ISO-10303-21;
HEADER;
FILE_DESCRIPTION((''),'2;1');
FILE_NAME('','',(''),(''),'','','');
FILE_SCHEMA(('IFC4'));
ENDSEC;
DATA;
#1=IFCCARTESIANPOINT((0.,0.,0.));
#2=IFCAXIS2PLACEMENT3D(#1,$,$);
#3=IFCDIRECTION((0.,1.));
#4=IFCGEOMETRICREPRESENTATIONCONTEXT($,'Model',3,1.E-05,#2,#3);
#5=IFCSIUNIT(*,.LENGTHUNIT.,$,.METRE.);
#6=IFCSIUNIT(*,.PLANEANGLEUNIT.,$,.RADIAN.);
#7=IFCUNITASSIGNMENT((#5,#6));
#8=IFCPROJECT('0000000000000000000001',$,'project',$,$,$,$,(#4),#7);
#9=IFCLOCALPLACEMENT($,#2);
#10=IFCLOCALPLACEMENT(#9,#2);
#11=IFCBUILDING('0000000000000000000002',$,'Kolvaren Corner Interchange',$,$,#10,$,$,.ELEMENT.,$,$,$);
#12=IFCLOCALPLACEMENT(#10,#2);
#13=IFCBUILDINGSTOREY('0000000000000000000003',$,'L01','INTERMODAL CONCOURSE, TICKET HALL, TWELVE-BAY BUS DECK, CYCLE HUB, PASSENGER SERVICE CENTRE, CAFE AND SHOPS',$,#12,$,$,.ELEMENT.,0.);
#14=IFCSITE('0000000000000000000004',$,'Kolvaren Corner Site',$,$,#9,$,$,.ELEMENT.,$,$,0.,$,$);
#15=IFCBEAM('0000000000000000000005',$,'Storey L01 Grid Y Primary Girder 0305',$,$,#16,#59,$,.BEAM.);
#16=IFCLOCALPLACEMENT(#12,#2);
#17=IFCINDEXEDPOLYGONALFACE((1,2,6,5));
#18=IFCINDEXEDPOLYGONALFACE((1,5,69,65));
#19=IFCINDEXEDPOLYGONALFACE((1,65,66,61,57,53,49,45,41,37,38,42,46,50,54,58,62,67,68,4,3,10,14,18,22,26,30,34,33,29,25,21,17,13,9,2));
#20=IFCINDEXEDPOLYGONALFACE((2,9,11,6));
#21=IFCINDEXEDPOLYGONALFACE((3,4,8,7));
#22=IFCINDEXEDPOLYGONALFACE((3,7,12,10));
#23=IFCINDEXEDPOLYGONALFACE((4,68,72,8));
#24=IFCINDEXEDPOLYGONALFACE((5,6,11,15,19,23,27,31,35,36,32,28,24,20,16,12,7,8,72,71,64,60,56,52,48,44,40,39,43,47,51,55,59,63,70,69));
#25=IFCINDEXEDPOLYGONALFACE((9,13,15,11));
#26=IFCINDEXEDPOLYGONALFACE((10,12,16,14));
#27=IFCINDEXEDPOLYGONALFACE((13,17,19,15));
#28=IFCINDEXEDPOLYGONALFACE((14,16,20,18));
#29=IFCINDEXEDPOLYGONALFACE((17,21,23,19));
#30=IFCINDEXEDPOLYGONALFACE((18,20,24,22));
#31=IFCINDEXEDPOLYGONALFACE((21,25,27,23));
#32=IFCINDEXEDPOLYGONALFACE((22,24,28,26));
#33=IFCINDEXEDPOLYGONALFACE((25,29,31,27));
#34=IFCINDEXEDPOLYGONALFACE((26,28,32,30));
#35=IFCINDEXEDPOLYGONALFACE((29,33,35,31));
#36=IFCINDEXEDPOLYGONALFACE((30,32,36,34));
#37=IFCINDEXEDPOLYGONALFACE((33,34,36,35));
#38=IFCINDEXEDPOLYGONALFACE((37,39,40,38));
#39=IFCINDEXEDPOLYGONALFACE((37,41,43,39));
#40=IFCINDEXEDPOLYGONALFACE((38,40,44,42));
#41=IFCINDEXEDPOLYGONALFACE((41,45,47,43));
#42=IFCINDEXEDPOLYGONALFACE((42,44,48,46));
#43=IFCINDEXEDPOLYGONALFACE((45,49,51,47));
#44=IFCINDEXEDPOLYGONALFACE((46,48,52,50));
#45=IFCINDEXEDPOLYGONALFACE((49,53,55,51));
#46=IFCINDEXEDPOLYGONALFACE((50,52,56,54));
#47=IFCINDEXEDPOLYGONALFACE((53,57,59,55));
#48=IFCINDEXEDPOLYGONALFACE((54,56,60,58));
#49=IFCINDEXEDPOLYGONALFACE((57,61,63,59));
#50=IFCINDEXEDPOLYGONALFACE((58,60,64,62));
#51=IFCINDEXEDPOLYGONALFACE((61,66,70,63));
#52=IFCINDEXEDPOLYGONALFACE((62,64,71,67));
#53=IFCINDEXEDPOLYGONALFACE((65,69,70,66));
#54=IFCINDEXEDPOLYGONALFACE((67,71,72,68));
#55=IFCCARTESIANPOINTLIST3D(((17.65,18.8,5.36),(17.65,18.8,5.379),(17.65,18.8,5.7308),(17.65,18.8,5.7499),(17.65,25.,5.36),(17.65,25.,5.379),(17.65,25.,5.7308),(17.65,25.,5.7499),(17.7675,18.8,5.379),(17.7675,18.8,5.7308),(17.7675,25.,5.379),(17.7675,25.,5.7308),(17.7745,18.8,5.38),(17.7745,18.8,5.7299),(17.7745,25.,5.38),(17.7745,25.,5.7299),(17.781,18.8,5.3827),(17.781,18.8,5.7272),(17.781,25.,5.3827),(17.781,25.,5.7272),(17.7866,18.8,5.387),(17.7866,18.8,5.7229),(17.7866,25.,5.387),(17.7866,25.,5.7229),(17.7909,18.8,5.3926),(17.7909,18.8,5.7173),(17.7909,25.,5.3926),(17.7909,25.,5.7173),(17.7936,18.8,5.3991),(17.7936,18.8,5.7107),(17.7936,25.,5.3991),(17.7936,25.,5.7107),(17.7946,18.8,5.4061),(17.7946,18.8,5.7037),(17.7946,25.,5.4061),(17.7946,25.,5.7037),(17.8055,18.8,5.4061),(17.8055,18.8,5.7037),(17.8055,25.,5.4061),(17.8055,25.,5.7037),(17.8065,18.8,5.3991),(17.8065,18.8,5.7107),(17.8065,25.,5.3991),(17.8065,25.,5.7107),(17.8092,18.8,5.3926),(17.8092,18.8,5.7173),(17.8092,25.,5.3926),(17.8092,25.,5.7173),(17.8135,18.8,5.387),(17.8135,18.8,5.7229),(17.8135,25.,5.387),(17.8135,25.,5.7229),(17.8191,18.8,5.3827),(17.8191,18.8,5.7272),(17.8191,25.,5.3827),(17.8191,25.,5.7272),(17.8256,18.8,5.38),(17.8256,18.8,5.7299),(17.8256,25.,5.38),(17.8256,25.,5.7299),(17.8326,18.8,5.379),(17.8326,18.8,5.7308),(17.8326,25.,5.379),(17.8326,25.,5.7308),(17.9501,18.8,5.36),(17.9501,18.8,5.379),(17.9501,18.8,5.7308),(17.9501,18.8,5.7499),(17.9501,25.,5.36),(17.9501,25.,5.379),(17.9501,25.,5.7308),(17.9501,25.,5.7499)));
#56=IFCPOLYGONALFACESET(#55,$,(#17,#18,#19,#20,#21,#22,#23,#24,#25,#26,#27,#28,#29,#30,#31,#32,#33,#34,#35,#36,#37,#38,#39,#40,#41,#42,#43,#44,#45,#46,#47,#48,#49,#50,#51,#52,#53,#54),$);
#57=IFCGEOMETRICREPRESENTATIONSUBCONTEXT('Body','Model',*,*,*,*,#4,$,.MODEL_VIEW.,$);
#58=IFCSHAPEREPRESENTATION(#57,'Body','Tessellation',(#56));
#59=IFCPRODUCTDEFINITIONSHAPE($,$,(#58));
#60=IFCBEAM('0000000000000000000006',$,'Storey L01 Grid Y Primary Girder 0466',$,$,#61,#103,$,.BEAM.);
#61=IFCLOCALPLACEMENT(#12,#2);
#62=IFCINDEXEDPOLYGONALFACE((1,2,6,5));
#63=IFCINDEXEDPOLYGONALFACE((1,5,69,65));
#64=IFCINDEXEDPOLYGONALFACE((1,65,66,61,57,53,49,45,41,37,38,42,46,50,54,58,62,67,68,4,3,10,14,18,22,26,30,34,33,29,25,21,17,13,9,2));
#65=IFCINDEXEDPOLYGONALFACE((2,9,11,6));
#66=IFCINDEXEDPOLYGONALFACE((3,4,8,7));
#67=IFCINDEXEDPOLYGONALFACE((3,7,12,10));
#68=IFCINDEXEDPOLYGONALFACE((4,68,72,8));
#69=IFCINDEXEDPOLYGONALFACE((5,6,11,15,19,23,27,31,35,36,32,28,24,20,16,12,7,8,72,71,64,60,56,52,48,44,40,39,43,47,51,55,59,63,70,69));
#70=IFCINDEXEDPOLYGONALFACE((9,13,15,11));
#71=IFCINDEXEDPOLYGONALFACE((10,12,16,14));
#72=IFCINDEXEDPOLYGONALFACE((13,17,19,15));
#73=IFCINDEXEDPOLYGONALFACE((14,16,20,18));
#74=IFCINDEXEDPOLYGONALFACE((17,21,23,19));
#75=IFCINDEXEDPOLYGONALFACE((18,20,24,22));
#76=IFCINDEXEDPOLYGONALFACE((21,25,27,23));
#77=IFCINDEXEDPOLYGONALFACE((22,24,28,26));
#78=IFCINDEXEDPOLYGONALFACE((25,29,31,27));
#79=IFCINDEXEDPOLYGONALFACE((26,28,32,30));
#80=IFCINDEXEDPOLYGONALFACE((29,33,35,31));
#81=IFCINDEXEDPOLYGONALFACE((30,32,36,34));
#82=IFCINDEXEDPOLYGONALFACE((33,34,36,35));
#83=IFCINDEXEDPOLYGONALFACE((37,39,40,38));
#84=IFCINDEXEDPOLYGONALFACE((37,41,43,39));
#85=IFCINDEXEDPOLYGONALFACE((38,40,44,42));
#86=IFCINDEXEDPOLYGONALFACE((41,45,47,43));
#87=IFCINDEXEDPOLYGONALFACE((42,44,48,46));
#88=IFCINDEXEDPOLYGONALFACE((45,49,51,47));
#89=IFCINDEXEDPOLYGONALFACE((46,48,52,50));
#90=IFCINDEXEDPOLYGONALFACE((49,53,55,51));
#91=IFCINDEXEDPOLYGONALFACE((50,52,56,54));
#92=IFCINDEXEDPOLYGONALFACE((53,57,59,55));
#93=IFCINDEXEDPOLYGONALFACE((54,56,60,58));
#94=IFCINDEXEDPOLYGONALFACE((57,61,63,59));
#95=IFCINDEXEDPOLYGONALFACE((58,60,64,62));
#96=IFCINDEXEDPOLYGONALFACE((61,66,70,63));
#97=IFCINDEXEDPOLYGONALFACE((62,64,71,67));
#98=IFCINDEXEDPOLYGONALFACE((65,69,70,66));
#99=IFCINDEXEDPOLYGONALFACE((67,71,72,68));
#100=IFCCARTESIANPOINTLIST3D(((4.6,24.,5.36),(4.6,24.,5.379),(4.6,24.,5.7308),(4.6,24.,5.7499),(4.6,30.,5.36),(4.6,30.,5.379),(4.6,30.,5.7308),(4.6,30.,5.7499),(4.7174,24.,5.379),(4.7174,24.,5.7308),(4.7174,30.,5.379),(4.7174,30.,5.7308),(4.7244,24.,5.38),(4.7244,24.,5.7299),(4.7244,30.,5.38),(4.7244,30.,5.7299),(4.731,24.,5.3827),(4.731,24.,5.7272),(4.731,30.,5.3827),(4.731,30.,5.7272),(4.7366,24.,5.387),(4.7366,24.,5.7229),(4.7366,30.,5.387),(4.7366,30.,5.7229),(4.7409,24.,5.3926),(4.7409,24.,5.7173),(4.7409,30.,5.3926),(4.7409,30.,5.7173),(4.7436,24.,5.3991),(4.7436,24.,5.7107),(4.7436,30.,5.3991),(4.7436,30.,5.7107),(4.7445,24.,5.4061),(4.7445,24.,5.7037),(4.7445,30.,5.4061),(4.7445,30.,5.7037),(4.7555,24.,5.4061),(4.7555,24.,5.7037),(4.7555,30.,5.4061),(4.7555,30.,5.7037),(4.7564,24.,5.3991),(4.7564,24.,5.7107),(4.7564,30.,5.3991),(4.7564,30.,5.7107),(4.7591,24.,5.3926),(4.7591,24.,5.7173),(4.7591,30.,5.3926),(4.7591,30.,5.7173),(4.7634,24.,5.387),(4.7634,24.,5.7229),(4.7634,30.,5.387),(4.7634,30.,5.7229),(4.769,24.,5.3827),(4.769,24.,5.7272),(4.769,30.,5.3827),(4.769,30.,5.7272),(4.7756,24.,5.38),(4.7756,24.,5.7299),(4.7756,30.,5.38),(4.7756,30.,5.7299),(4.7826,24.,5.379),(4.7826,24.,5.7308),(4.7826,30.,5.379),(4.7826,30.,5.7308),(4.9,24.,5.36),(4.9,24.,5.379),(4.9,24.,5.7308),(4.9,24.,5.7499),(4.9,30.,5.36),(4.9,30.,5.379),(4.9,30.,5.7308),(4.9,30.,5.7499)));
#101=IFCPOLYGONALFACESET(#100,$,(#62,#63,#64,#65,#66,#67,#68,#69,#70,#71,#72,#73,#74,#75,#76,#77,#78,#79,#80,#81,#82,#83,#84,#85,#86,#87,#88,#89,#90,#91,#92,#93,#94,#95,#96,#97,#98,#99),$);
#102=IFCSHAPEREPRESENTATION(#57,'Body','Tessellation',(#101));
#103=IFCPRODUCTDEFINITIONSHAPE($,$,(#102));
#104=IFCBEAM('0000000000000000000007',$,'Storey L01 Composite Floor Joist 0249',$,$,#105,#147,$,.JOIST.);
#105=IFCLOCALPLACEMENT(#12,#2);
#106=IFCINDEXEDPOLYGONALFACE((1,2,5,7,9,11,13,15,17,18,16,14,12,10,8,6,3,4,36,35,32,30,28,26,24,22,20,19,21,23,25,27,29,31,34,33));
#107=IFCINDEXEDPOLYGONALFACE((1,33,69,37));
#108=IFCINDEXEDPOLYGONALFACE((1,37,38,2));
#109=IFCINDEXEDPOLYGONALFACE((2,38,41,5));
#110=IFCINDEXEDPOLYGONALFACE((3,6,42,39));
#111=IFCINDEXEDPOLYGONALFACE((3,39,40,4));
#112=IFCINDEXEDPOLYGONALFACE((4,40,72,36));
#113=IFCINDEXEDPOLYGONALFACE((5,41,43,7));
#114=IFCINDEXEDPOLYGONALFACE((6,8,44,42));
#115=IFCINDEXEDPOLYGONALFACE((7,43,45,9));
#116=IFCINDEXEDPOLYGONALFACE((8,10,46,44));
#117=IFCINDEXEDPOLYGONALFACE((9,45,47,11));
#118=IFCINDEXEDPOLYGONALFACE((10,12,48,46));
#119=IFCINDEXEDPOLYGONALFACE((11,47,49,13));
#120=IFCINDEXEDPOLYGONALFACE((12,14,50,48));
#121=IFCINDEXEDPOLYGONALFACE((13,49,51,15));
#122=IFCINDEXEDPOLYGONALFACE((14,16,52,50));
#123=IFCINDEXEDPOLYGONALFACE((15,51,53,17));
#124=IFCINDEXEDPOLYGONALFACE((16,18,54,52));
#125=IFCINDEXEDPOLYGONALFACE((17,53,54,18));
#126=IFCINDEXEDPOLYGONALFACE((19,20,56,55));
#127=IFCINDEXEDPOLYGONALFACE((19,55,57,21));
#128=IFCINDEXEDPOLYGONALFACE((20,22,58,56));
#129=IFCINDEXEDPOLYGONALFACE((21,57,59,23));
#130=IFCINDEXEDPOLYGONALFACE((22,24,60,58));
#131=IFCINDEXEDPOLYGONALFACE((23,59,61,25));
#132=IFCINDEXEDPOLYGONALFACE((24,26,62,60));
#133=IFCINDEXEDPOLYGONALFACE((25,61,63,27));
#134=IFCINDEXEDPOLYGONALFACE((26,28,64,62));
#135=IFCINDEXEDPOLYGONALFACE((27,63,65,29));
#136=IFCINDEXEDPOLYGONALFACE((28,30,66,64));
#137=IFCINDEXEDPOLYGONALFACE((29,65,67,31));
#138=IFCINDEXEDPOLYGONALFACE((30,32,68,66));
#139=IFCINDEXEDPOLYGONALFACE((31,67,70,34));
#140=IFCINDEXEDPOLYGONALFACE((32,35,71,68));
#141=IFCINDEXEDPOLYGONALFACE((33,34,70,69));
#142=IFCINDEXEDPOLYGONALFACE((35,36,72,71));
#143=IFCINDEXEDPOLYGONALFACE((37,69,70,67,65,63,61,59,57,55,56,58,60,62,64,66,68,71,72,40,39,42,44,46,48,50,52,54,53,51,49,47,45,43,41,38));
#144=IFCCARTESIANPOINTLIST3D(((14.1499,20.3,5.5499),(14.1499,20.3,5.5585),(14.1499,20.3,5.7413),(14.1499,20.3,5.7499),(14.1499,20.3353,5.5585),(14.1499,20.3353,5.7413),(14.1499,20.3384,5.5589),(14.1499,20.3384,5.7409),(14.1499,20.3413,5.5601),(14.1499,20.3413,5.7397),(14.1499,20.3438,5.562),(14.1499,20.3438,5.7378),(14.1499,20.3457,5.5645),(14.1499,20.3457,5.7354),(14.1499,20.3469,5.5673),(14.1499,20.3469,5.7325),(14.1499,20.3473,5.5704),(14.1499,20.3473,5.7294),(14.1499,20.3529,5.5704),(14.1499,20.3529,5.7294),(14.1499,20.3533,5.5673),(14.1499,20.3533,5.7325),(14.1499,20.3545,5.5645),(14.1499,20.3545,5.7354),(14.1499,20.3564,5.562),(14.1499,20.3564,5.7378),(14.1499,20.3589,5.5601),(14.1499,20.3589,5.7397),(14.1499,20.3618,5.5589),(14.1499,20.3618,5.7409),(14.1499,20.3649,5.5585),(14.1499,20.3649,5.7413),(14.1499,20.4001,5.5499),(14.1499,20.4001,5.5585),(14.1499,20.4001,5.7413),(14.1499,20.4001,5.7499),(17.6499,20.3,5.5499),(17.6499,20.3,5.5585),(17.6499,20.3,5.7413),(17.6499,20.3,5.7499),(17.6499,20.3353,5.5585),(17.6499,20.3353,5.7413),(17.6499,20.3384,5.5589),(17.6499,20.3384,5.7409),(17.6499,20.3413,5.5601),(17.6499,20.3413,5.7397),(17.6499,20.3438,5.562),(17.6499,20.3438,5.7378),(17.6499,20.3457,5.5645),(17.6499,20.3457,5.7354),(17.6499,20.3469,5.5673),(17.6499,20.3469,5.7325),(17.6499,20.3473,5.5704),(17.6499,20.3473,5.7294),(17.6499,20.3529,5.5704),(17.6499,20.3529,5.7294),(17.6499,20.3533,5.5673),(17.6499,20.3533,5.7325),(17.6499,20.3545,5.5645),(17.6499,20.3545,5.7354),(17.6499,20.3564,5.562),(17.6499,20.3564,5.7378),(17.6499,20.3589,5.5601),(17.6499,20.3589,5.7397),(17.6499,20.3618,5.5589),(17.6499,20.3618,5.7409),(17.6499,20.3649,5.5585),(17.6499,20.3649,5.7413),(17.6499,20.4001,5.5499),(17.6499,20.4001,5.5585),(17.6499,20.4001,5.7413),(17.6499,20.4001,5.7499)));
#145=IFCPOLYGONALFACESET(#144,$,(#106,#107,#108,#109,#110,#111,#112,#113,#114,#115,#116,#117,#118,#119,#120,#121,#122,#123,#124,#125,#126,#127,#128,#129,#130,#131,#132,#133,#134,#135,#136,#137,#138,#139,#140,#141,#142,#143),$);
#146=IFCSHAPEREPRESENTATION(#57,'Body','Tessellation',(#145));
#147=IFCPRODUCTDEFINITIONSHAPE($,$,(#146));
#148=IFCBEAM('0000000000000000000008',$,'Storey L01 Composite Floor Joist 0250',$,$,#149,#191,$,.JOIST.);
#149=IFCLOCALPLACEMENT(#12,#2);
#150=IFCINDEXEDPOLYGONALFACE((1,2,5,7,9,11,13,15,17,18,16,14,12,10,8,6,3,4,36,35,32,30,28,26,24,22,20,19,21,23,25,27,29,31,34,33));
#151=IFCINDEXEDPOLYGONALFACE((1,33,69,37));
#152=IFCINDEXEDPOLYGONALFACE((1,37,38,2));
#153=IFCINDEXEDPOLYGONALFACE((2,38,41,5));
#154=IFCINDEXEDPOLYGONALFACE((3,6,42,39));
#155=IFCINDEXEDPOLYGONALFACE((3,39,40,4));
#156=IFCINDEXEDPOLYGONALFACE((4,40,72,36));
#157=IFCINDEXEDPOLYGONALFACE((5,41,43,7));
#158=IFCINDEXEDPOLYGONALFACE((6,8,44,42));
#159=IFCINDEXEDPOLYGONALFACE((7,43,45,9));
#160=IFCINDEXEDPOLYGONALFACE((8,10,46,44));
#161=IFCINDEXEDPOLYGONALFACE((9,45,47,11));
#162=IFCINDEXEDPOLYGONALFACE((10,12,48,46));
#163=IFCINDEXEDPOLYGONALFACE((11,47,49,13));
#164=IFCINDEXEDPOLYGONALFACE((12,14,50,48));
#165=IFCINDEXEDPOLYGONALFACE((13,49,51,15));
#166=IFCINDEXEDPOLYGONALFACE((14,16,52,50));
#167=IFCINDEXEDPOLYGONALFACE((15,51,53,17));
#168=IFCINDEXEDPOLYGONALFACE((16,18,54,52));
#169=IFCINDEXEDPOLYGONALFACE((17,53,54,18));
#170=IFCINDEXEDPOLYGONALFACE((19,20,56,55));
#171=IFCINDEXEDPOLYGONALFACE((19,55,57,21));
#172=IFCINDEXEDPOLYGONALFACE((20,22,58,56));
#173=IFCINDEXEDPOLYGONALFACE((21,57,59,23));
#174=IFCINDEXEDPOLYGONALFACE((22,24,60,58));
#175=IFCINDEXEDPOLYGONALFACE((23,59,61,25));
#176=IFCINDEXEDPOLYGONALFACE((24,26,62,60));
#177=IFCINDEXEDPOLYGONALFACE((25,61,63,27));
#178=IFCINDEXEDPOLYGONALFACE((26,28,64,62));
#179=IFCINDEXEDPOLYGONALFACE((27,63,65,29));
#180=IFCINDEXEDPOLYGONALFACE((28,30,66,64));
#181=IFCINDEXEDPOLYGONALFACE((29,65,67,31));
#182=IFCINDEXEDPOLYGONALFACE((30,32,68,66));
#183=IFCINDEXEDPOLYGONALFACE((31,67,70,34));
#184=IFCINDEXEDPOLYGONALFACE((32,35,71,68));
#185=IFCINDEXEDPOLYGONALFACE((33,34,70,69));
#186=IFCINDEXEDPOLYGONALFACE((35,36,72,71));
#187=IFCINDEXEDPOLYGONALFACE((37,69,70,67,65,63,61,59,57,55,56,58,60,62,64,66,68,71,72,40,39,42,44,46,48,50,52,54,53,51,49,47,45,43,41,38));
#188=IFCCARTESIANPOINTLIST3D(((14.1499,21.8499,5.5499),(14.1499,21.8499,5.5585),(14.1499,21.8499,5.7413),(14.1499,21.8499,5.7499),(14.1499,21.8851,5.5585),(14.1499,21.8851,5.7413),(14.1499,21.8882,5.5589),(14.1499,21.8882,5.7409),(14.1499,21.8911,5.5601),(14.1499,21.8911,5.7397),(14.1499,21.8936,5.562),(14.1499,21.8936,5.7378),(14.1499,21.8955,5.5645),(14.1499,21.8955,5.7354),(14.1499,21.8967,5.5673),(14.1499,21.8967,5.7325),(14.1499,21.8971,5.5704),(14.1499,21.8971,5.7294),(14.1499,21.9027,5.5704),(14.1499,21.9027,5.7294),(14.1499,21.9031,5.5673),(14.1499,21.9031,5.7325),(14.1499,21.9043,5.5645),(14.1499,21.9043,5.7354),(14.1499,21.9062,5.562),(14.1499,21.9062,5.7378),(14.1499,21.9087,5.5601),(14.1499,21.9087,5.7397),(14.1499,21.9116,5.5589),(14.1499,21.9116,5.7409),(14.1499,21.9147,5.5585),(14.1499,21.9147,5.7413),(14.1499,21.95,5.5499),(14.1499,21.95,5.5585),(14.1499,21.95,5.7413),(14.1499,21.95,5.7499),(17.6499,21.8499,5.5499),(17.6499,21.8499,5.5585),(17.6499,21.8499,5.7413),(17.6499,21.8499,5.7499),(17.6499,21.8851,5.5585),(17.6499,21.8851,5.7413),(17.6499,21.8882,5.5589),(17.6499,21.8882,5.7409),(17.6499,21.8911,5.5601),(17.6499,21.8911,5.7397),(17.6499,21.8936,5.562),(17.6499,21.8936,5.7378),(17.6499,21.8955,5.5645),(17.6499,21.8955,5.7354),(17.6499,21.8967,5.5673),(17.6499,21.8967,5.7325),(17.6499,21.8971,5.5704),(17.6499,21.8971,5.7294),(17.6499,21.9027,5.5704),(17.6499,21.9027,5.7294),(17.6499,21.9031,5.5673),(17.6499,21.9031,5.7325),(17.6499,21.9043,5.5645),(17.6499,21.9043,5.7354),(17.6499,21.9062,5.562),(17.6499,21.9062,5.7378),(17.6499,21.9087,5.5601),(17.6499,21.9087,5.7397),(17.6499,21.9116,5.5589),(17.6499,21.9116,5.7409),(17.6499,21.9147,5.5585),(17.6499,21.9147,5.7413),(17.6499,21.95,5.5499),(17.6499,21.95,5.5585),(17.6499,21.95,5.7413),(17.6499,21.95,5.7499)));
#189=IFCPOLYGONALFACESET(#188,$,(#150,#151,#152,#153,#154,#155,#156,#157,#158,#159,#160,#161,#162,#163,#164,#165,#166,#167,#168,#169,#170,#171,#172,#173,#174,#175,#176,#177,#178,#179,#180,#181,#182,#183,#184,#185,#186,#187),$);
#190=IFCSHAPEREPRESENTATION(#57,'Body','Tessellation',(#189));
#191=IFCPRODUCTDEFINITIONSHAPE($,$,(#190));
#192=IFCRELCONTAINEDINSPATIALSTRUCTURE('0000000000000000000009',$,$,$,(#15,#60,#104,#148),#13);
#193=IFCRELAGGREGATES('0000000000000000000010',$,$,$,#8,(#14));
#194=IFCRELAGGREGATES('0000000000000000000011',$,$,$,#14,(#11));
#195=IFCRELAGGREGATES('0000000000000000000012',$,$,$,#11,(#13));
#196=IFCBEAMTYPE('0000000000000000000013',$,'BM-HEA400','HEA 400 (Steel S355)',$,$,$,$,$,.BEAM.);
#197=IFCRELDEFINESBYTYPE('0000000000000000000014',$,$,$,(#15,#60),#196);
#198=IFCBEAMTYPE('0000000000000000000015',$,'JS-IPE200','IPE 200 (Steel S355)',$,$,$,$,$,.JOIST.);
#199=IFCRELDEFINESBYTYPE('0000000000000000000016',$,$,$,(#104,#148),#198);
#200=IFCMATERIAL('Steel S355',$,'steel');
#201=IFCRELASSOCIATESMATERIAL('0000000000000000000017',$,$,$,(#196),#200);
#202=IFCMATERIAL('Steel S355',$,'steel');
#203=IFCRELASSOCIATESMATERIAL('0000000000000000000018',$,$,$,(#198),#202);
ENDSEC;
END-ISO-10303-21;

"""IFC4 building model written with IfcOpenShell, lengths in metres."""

from ifc_helpers import new_model, si_unit, direction, frame, origin, origin_2d, place, context, subcontext, project, spatial, i_section, extrude, material, material_profile, profile_set, type_object, element, save


model = new_model("IFC4")

# Units and contexts
model_context = context("Model", 3, precision=1e-05, world=origin(), true_north=direction((0.0, 1.0)))
body_context = subcontext(model_context, "Body", "Model", "MODEL_VIEW")
ifc_project = project(units=[si_unit("LENGTHUNIT", "METRE"), si_unit("PLANEANGLEUNIT", "RADIAN")], contexts=[model_context])

# Site, building, storey
site_placement = place(None, origin())
site = spatial("IfcSite", under=ifc_project, at=site_placement, Name="Kolvaren Corner Site", CompositionType="ELEMENT", RefElevation=0.0)
building_placement = place(site_placement, origin())
building = spatial("IfcBuilding", under=site, at=building_placement, Name="Kolvaren Corner Interchange", CompositionType="ELEMENT")
storey_placement = place(building_placement, origin())
storey = spatial("IfcBuildingStorey", under=building, at=storey_placement, Name="L01", Description="INTERMODAL CONCOURSE, TICKET HALL, TWELVE-BAY BUS DECK, CYCLE HUB, PASSENGER SERVICE CENTRE, CAFE AND SHOPS", CompositionType="ELEMENT", Elevation=0.0)

# Beams
ifc_material_1 = material(Name="Steel S355", Category="steel")
ifc_material_profile_1 = material_profile(ifc_material_1, i_section(OverallWidth=0.3, OverallDepth=0.3899, WebThickness=0.011, FlangeThickness=0.019, FilletRadius=0.0271, at=origin_2d()), Name="HEA 400")
ifc_profile_set_1 = profile_set([ifc_material_profile_1], Name="Steel S355")
beam_type_1 = type_object("IfcBeamType", Name="BM-HEA400", Description="HEA 400 (Steel S355)", PredefinedType="BEAM", material=ifc_profile_set_1)
beam_1_placement = place(storey_placement, frame((17.8, 18.8, 5.5549), z_axis=(0.0, 1.0, 0.0), x_axis=(-1.0, 0.0, 0.0)))
element("IfcBeam", 1, at=beam_1_placement, inside=storey, type_object=beam_type_1, Name="Storey L01 Grid Y Primary Girder 0305", PredefinedType="BEAM", context=body_context, shape_type="SweptSolid", body=[
    extrude(i_section(OverallWidth=0.3, OverallDepth=0.3899, WebThickness=0.011, FlangeThickness=0.019, FilletRadius=0.0271, at=origin_2d()), origin(), (0.0, 0.0, 1.0), 6.2),
])
beam_2_placement = place(storey_placement, frame((4.75, 24.0, 5.5549), z_axis=(0.0, 1.0, 0.0), x_axis=(-1.0, 0.0, 0.0)))
element("IfcBeam", 2, at=beam_2_placement, inside=storey, type_object=beam_type_1, Name="Storey L01 Grid Y Primary Girder 0466", PredefinedType="BEAM", context=body_context, shape_type="SweptSolid", body=[
    extrude(i_section(OverallWidth=0.3, OverallDepth=0.3899, WebThickness=0.011, FlangeThickness=0.019, FilletRadius=0.0271, at=origin_2d()), origin(), (0.0, 0.0, 1.0), 6.0),
])
ifc_material_2 = material(Name="Steel S355", Category="steel")
ifc_material_profile_2 = material_profile(ifc_material_2, i_section(OverallWidth=0.1001, OverallDepth=0.2, WebThickness=0.0056, FlangeThickness=0.0085, FilletRadius=0.012, at=origin_2d()), Name="IPE 200")
ifc_profile_set_2 = profile_set([ifc_material_profile_2], Name="Steel S355")
beam_type_2 = type_object("IfcBeamType", Name="JS-IPE200", Description="IPE 200 (Steel S355)", PredefinedType="JOIST", material=ifc_profile_set_2)
for number, where, z_axis, x_axis, name in (
    (3, (14.1499, 20.3501, 5.6499), (1.0, 0.0, 0.0), (0.0, 1.0, 0.0), "Storey L01 Composite Floor Joist 0249"),
    (4, (14.1499, 21.8999, 5.6499), (1.0, 0.0, 0.0), (0.0, 1.0, 0.0), "Storey L01 Composite Floor Joist 0250"),
):
    element("IfcBeam", number, at=place(storey_placement, frame(where, z_axis=z_axis, x_axis=x_axis)), inside=storey, type_object=beam_type_2, Name=name, PredefinedType="JOIST", context=body_context, shape_type="SweptSolid", body=[
        extrude(i_section(OverallWidth=0.1001, OverallDepth=0.2, WebThickness=0.0056, FlangeThickness=0.0085, FilletRadius=0.012, at=origin_2d()), origin(), (0.0, 0.0, 1.0), 3.5),
    ])

save(model, "model.ifc")
